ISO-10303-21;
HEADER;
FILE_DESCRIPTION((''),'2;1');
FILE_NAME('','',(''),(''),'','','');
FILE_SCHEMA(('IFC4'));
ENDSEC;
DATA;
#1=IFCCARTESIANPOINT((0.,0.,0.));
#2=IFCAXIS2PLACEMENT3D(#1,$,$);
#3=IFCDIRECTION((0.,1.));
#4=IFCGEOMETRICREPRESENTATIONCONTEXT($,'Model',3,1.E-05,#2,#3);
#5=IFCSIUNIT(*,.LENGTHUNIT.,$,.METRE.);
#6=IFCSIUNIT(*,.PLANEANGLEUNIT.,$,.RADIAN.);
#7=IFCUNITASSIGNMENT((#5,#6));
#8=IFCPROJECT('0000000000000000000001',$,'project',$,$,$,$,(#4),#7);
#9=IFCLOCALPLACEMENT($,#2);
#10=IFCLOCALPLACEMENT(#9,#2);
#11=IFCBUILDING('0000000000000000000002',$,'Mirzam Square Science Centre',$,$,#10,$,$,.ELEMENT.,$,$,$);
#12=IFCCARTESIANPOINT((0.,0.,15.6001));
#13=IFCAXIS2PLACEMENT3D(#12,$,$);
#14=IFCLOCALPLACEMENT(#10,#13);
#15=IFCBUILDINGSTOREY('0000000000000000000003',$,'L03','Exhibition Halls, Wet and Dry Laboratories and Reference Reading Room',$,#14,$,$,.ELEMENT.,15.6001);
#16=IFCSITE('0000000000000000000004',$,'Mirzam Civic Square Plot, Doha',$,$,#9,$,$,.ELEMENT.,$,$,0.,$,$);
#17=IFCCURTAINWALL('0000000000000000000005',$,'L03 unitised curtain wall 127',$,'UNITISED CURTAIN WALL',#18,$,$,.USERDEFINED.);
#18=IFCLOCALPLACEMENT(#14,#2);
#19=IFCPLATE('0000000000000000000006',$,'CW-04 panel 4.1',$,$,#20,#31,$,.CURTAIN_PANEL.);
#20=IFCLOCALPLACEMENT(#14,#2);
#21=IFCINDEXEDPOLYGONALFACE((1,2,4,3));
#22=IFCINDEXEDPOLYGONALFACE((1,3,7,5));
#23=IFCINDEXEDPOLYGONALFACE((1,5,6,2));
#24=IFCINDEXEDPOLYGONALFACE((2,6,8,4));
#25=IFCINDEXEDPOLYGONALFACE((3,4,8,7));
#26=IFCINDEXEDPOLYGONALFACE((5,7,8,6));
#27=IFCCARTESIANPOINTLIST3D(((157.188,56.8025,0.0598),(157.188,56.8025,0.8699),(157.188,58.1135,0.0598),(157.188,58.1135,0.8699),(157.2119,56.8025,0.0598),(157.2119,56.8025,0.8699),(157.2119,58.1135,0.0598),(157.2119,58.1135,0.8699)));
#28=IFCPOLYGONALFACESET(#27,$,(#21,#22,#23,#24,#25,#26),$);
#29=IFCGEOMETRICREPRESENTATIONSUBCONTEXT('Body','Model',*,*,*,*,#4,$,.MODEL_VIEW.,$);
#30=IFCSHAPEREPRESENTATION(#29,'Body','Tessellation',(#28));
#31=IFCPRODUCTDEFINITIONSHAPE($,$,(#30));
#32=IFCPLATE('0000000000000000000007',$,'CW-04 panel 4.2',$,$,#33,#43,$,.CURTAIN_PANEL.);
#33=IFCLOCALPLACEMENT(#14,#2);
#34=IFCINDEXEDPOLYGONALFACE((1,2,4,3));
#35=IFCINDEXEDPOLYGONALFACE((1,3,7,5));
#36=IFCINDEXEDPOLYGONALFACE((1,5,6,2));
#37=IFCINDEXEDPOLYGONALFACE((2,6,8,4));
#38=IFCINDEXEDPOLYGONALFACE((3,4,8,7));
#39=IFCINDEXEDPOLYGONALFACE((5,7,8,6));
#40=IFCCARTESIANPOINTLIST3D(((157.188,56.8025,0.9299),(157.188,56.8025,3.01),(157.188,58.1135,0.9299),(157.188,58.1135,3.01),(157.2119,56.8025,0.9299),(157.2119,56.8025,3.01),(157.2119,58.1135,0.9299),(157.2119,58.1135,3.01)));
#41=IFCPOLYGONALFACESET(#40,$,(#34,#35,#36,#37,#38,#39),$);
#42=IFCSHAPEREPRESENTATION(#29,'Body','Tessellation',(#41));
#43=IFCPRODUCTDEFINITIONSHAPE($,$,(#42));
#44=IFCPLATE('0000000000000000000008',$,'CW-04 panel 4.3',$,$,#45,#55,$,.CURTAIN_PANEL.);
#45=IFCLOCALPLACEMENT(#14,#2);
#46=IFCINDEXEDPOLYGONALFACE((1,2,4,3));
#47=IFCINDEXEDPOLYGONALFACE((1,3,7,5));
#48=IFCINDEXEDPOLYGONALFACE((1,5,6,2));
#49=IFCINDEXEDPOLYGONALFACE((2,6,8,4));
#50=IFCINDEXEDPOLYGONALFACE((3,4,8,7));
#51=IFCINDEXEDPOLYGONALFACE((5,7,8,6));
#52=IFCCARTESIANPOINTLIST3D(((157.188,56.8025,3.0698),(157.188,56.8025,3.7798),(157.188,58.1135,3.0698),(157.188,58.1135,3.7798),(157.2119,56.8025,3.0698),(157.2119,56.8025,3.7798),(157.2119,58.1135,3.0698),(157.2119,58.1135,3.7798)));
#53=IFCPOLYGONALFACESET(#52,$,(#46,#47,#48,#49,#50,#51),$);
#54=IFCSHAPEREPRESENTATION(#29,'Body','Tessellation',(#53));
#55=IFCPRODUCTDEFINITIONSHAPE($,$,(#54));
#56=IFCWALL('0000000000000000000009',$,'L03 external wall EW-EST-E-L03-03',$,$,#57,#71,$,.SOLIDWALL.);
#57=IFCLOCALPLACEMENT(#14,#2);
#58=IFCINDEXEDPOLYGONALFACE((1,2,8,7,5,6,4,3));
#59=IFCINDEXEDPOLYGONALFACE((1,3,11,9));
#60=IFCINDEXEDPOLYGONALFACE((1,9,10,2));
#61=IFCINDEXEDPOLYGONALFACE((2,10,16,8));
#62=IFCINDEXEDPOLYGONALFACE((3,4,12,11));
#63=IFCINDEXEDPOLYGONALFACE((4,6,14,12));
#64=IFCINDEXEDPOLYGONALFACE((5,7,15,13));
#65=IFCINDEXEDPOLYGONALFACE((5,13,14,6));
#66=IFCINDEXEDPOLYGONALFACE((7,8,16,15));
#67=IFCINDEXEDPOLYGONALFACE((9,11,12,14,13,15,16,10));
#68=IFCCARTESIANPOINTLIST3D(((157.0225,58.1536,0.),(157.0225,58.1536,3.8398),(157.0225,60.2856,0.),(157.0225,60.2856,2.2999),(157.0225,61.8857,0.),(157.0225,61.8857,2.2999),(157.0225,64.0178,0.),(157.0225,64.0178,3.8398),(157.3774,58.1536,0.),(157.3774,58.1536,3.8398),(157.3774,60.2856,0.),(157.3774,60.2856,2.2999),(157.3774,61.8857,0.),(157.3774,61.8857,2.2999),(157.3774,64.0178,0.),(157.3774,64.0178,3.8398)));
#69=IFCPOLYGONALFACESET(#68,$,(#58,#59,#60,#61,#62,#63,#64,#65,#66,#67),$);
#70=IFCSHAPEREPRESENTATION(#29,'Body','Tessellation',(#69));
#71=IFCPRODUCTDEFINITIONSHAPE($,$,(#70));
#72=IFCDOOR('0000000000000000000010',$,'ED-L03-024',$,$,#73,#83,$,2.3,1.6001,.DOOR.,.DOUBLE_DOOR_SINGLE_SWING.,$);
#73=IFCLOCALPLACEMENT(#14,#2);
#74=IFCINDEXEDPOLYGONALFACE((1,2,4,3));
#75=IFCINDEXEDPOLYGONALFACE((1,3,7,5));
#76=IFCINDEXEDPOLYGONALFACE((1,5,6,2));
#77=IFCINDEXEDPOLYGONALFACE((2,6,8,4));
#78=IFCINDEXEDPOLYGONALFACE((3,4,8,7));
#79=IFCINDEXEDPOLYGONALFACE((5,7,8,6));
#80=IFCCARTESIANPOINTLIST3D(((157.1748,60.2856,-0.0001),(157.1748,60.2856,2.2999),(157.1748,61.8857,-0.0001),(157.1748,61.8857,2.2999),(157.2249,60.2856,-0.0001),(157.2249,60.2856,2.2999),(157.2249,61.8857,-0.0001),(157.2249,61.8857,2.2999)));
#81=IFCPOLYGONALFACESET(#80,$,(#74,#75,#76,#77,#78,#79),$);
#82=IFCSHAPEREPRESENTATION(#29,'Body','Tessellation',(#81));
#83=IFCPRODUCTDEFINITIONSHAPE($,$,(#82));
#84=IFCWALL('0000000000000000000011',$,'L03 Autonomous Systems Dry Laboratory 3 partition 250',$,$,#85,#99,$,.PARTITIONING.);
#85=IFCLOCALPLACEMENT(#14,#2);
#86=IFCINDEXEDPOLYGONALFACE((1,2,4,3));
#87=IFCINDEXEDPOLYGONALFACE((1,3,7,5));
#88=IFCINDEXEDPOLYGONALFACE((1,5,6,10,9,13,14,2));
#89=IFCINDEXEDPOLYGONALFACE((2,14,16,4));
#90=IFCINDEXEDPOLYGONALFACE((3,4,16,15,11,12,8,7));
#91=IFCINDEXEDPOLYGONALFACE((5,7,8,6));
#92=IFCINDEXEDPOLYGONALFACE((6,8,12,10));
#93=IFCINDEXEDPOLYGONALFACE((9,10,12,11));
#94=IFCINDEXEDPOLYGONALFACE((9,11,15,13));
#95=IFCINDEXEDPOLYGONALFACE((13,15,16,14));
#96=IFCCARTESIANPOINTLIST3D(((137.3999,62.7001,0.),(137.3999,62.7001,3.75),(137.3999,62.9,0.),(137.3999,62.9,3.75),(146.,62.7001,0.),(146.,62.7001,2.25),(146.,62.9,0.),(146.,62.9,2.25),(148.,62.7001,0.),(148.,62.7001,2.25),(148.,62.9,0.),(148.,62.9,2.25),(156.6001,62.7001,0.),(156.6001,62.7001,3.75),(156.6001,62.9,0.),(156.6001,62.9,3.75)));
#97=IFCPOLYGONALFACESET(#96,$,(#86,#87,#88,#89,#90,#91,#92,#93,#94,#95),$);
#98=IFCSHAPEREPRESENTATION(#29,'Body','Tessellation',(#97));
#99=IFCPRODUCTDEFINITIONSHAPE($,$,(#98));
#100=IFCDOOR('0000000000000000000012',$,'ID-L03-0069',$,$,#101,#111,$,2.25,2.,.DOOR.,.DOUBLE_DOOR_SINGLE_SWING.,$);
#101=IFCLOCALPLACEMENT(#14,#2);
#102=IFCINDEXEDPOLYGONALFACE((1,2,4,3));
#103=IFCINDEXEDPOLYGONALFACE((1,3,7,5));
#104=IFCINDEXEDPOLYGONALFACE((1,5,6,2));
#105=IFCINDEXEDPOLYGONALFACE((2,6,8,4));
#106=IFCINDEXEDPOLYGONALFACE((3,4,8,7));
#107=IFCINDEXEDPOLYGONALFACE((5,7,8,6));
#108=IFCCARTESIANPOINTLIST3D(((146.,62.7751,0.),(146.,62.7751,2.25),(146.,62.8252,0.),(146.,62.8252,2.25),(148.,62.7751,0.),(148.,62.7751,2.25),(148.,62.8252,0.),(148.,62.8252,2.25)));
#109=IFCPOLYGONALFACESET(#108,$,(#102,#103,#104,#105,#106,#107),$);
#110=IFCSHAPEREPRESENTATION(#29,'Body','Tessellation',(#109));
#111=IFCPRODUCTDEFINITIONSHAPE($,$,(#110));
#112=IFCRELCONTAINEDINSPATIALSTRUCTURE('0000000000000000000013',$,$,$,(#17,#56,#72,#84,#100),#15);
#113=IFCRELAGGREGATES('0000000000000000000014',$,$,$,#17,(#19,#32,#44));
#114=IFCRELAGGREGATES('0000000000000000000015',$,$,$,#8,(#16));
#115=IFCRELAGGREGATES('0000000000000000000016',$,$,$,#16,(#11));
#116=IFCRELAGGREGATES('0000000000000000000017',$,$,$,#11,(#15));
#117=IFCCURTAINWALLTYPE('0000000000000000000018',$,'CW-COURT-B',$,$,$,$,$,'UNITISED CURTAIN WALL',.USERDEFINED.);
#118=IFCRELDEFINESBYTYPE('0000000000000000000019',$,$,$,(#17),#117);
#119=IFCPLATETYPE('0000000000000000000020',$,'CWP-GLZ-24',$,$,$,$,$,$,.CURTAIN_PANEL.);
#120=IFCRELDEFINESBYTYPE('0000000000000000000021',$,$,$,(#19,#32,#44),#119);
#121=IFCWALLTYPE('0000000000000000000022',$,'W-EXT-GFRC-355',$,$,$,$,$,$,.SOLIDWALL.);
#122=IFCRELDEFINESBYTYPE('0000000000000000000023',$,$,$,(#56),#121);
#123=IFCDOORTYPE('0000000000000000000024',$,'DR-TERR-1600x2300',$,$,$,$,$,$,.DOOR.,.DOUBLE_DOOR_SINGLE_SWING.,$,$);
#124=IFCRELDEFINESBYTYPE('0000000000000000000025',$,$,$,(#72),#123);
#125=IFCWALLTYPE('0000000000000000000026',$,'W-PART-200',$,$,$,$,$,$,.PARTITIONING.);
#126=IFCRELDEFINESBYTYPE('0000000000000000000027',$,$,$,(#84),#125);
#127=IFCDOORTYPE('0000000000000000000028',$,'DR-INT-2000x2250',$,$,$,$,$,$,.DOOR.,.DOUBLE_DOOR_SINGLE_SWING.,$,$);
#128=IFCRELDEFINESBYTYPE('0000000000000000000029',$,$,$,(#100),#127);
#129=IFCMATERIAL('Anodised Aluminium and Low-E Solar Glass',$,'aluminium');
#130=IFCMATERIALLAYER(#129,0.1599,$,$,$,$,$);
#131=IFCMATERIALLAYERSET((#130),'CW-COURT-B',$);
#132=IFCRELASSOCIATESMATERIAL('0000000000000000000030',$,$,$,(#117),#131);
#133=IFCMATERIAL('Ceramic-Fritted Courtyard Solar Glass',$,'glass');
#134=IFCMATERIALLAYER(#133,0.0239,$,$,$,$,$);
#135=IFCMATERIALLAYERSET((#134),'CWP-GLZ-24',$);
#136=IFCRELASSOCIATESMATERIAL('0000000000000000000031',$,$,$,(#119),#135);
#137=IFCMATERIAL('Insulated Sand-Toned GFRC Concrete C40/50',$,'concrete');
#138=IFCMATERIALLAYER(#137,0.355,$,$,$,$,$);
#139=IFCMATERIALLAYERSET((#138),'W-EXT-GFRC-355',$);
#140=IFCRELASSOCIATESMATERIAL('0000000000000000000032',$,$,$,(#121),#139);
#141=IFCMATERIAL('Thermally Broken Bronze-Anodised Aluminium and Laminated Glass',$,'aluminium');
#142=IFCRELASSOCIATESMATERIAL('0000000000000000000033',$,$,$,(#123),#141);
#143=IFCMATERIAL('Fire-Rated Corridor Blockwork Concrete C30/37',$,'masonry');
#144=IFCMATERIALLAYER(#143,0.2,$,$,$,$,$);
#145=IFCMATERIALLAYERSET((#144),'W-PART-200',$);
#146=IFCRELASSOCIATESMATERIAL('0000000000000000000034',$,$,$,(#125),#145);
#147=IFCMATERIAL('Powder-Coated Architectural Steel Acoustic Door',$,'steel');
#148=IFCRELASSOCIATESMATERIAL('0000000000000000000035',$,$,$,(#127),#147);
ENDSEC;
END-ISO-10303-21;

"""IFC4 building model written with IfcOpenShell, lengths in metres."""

from ifc_helpers import new_model, si_unit, direction, frame, frame_2d, origin, origin_2d, place, context, subcontext, project, spatial, rectangle, extrude, material, layer, layer_set, type_object, element, fill, aggregate, save


model = new_model("IFC4")

# Units and contexts
model_context = context("Model", 3, precision=1e-05, world=origin(), true_north=direction((0.0, 1.0)))
body_context = subcontext(model_context, "Body", "Model", "MODEL_VIEW")
ifc_project = project(units=[si_unit("LENGTHUNIT", "METRE"), si_unit("PLANEANGLEUNIT", "RADIAN")], contexts=[model_context])

# Site, building, storey
site_placement = place(None, origin())
site = spatial("IfcSite", under=ifc_project, at=site_placement, Name="Mirzam Civic Square Plot, Doha", CompositionType="ELEMENT", RefElevation=0.0)
building_placement = place(site_placement, origin())
building = spatial("IfcBuilding", under=site, at=building_placement, Name="Mirzam Square Science Centre", CompositionType="ELEMENT")
storey_placement = place(building_placement, frame((0.0, 0.0, 15.6001)))
storey = spatial("IfcBuildingStorey", under=building, at=storey_placement, Name="L03", Description="Exhibition Halls, Wet and Dry Laboratories and Reference Reading Room", CompositionType="ELEMENT", Elevation=15.6001)

# Curtain wall
ifc_material_1 = material(Name="Anodised Aluminium and Low-E Solar Glass", Category="aluminium")
ifc_layer_1 = layer(ifc_material_1, 0.1599)
ifc_layer_set_1 = layer_set([ifc_layer_1], Name="CW-COURT-B")
curtain_wall_type_1 = type_object("IfcCurtainWallType", Name="CW-COURT-B", ElementType="UNITISED CURTAIN WALL", PredefinedType="USERDEFINED", material=ifc_layer_set_1)
curtain_wall_1_placement = place(storey_placement, origin())
curtain_wall_1 = element("IfcCurtainWall", 1, at=curtain_wall_1_placement, inside=storey, type_object=curtain_wall_type_1, Name="L03 unitised curtain wall 127", ObjectType="UNITISED CURTAIN WALL", PredefinedType="USERDEFINED")

# Plates
ifc_material_2 = material(Name="Ceramic-Fritted Courtyard Solar Glass", Category="glass")
ifc_layer_2 = layer(ifc_material_2, 0.0239)
ifc_layer_set_2 = layer_set([ifc_layer_2], Name="CWP-GLZ-24")
plate_type = type_object("IfcPlateType", Name="CWP-GLZ-24", PredefinedType="CURTAIN_PANEL", material=ifc_layer_set_2)
plate_1_placement = place(storey_placement, frame((157.2, 57.458, 0.0598), z_axis=(0.0, 0.0, 1.0), x_axis=(0.0, 1.0, 0.0)))
plate_1 = element("IfcPlate", 2, at=plate_1_placement, type_object=plate_type, Name="CW-04 panel 4.1", PredefinedType="CURTAIN_PANEL", context=body_context, shape_type="SweptSolid", body=[
    extrude(rectangle(XDim=1.311, YDim=0.0239, at=origin_2d()), origin(), (0.0, 0.0, 1.0), 0.8101),
])
plate_2_placement = place(storey_placement, frame((157.2, 57.458, 0.9299), z_axis=(0.0, 0.0, 1.0), x_axis=(0.0, 1.0, 0.0)))
plate_2 = element("IfcPlate", 3, at=plate_2_placement, type_object=plate_type, Name="CW-04 panel 4.2", PredefinedType="CURTAIN_PANEL", context=body_context, shape_type="SweptSolid", body=[
    extrude(rectangle(XDim=1.311, YDim=0.0239, at=origin_2d()), origin(), (0.0, 0.0, 1.0), 2.0801),
])
plate_3_placement = place(storey_placement, frame((157.2, 57.458, 3.0698), z_axis=(0.0, 0.0, 1.0), x_axis=(0.0, 1.0, 0.0)))
plate_3 = element("IfcPlate", 4, at=plate_3_placement, type_object=plate_type, Name="CW-04 panel 4.3", PredefinedType="CURTAIN_PANEL", context=body_context, shape_type="SweptSolid", body=[
    extrude(rectangle(XDim=1.311, YDim=0.0239, at=origin_2d()), origin(), (0.0, 0.0, 1.0), 0.71),
])
aggregate(curtain_wall_1, [plate_1, plate_2, plate_3])

# Walls, openings, doors
ifc_material_3 = material(Name="Insulated Sand-Toned GFRC Concrete C40/50", Category="concrete")
ifc_layer_3 = layer(ifc_material_3, 0.355)
ifc_layer_set_3 = layer_set([ifc_layer_3], Name="W-EXT-GFRC-355")
wall_type_1 = type_object("IfcWallType", Name="W-EXT-GFRC-355", PredefinedType="SOLIDWALL", material=ifc_layer_set_3)
wall_1_placement = place(storey_placement, frame((157.2, 58.1536, 0.0), z_axis=(0.0, 0.0, 1.0), x_axis=(0.0, 1.0, 0.0)))
wall_1 = element("IfcWall", 5, at=wall_1_placement, inside=storey, type_object=wall_type_1, Name="L03 external wall EW-EST-E-L03-03", PredefinedType="SOLIDWALL", context=body_context, shape_type="SweptSolid", body=[
    extrude(rectangle(XDim=5.8643, YDim=0.355, at=frame_2d((2.9321, 0.0))), origin(), (0.0, 0.0, 1.0), 3.8398),
])
opening_1_placement = place(wall_1_placement, frame((2.1321, 0.0, 0.0)))
opening_1 = element("IfcOpeningElement", 6, at=opening_1_placement, cuts=wall_1, PredefinedType="OPENING", context=body_context, shape_type="SweptSolid", body=[
    extrude(rectangle(XDim=1.6001, YDim=2.3, at=frame_2d((0.8, 1.1499))), frame((0.0, 0.1875, 0.0), z_axis=(0.0, -1.0, 0.0), x_axis=(1.0, 0.0, 0.0)), (0.0, 0.0, 1.0), 0.375),
])
ifc_material_4 = material(Name="Thermally Broken Bronze-Anodised Aluminium and Laminated Glass", Category="aluminium")
door_type_1 = type_object("IfcDoorType", Name="DR-TERR-1600x2300", OperationType="DOUBLE_DOOR_SINGLE_SWING", PredefinedType="DOOR", material=ifc_material_4)
door_1_placement = place(opening_1_placement, frame((1.6001, 0.0, 0.0), z_axis=(0.0, 0.0, 1.0), x_axis=(-1.0, 0.0, 0.0)))
door_1 = element("IfcDoor", 7, at=door_1_placement, inside=storey, type_object=door_type_1, Name="ED-L03-024", OperationType="DOUBLE_DOOR_SINGLE_SWING", OverallHeight=2.3, OverallWidth=1.6001, PredefinedType="DOOR", context=body_context, shape_type="SweptSolid", body=[
    extrude(rectangle(XDim=1.6001, YDim=2.3, at=frame_2d((0.8, 1.1499))), frame((0.0, 0.0249, 0.0), z_axis=(0.0, -1.0, 0.0), x_axis=(1.0, 0.0, 0.0)), (0.0, 0.0, 1.0), 0.05),
])
fill(opening_1, door_1)
ifc_material_5 = material(Name="Fire-Rated Corridor Blockwork Concrete C30/37", Category="masonry")
ifc_layer_4 = layer(ifc_material_5, 0.2)
ifc_layer_set_4 = layer_set([ifc_layer_4], Name="W-PART-200")
wall_type_2 = type_object("IfcWallType", Name="W-PART-200", PredefinedType="PARTITIONING", material=ifc_layer_set_4)
wall_2_placement = place(storey_placement, frame((156.6001, 62.8, 0.0), z_axis=(0.0, 0.0, 1.0), x_axis=(-1.0, 0.0, 0.0)))
wall_2 = element("IfcWall", 8, at=wall_2_placement, inside=storey, type_object=wall_type_2, Name="L03 Autonomous Systems Dry Laboratory 3 partition 250", PredefinedType="PARTITIONING", context=body_context, shape_type="SweptSolid", body=[
    extrude(rectangle(XDim=19.2002, YDim=0.2, at=frame_2d((9.6001, 0.0))), origin(), (0.0, 0.0, 1.0), 3.75),
])
opening_2_placement = place(wall_2_placement, frame((8.6001, 0.0, 0.0)))
opening_2 = element("IfcOpeningElement", 9, at=opening_2_placement, cuts=wall_2, PredefinedType="OPENING", context=body_context, shape_type="SweptSolid", body=[
    extrude(rectangle(XDim=2.0, YDim=2.25, at=frame_2d((1.0, 1.125))), frame((0.0, 0.1099, 0.0), z_axis=(0.0, -1.0, 0.0), x_axis=(1.0, 0.0, 0.0)), (0.0, 0.0, 1.0), 0.22),
])
ifc_material_6 = material(Name="Powder-Coated Architectural Steel Acoustic Door", Category="steel")
door_type_2 = type_object("IfcDoorType", Name="DR-INT-2000x2250", OperationType="DOUBLE_DOOR_SINGLE_SWING", PredefinedType="DOOR", material=ifc_material_6)
door_2_placement = place(opening_2_placement, origin())
door_2 = element("IfcDoor", 10, at=door_2_placement, inside=storey, type_object=door_type_2, Name="ID-L03-0069", OperationType="DOUBLE_DOOR_SINGLE_SWING", OverallHeight=2.25, OverallWidth=2.0, PredefinedType="DOOR", context=body_context, shape_type="SweptSolid", body=[
    extrude(rectangle(XDim=2.0, YDim=2.25, at=frame_2d((1.0, 1.125))), frame((0.0, 0.0249, 0.0), z_axis=(0.0, -1.0, 0.0), x_axis=(1.0, 0.0, 0.0)), (0.0, 0.0, 1.0), 0.05),
])
fill(opening_2, door_2)

save(model, "model.ifc")
